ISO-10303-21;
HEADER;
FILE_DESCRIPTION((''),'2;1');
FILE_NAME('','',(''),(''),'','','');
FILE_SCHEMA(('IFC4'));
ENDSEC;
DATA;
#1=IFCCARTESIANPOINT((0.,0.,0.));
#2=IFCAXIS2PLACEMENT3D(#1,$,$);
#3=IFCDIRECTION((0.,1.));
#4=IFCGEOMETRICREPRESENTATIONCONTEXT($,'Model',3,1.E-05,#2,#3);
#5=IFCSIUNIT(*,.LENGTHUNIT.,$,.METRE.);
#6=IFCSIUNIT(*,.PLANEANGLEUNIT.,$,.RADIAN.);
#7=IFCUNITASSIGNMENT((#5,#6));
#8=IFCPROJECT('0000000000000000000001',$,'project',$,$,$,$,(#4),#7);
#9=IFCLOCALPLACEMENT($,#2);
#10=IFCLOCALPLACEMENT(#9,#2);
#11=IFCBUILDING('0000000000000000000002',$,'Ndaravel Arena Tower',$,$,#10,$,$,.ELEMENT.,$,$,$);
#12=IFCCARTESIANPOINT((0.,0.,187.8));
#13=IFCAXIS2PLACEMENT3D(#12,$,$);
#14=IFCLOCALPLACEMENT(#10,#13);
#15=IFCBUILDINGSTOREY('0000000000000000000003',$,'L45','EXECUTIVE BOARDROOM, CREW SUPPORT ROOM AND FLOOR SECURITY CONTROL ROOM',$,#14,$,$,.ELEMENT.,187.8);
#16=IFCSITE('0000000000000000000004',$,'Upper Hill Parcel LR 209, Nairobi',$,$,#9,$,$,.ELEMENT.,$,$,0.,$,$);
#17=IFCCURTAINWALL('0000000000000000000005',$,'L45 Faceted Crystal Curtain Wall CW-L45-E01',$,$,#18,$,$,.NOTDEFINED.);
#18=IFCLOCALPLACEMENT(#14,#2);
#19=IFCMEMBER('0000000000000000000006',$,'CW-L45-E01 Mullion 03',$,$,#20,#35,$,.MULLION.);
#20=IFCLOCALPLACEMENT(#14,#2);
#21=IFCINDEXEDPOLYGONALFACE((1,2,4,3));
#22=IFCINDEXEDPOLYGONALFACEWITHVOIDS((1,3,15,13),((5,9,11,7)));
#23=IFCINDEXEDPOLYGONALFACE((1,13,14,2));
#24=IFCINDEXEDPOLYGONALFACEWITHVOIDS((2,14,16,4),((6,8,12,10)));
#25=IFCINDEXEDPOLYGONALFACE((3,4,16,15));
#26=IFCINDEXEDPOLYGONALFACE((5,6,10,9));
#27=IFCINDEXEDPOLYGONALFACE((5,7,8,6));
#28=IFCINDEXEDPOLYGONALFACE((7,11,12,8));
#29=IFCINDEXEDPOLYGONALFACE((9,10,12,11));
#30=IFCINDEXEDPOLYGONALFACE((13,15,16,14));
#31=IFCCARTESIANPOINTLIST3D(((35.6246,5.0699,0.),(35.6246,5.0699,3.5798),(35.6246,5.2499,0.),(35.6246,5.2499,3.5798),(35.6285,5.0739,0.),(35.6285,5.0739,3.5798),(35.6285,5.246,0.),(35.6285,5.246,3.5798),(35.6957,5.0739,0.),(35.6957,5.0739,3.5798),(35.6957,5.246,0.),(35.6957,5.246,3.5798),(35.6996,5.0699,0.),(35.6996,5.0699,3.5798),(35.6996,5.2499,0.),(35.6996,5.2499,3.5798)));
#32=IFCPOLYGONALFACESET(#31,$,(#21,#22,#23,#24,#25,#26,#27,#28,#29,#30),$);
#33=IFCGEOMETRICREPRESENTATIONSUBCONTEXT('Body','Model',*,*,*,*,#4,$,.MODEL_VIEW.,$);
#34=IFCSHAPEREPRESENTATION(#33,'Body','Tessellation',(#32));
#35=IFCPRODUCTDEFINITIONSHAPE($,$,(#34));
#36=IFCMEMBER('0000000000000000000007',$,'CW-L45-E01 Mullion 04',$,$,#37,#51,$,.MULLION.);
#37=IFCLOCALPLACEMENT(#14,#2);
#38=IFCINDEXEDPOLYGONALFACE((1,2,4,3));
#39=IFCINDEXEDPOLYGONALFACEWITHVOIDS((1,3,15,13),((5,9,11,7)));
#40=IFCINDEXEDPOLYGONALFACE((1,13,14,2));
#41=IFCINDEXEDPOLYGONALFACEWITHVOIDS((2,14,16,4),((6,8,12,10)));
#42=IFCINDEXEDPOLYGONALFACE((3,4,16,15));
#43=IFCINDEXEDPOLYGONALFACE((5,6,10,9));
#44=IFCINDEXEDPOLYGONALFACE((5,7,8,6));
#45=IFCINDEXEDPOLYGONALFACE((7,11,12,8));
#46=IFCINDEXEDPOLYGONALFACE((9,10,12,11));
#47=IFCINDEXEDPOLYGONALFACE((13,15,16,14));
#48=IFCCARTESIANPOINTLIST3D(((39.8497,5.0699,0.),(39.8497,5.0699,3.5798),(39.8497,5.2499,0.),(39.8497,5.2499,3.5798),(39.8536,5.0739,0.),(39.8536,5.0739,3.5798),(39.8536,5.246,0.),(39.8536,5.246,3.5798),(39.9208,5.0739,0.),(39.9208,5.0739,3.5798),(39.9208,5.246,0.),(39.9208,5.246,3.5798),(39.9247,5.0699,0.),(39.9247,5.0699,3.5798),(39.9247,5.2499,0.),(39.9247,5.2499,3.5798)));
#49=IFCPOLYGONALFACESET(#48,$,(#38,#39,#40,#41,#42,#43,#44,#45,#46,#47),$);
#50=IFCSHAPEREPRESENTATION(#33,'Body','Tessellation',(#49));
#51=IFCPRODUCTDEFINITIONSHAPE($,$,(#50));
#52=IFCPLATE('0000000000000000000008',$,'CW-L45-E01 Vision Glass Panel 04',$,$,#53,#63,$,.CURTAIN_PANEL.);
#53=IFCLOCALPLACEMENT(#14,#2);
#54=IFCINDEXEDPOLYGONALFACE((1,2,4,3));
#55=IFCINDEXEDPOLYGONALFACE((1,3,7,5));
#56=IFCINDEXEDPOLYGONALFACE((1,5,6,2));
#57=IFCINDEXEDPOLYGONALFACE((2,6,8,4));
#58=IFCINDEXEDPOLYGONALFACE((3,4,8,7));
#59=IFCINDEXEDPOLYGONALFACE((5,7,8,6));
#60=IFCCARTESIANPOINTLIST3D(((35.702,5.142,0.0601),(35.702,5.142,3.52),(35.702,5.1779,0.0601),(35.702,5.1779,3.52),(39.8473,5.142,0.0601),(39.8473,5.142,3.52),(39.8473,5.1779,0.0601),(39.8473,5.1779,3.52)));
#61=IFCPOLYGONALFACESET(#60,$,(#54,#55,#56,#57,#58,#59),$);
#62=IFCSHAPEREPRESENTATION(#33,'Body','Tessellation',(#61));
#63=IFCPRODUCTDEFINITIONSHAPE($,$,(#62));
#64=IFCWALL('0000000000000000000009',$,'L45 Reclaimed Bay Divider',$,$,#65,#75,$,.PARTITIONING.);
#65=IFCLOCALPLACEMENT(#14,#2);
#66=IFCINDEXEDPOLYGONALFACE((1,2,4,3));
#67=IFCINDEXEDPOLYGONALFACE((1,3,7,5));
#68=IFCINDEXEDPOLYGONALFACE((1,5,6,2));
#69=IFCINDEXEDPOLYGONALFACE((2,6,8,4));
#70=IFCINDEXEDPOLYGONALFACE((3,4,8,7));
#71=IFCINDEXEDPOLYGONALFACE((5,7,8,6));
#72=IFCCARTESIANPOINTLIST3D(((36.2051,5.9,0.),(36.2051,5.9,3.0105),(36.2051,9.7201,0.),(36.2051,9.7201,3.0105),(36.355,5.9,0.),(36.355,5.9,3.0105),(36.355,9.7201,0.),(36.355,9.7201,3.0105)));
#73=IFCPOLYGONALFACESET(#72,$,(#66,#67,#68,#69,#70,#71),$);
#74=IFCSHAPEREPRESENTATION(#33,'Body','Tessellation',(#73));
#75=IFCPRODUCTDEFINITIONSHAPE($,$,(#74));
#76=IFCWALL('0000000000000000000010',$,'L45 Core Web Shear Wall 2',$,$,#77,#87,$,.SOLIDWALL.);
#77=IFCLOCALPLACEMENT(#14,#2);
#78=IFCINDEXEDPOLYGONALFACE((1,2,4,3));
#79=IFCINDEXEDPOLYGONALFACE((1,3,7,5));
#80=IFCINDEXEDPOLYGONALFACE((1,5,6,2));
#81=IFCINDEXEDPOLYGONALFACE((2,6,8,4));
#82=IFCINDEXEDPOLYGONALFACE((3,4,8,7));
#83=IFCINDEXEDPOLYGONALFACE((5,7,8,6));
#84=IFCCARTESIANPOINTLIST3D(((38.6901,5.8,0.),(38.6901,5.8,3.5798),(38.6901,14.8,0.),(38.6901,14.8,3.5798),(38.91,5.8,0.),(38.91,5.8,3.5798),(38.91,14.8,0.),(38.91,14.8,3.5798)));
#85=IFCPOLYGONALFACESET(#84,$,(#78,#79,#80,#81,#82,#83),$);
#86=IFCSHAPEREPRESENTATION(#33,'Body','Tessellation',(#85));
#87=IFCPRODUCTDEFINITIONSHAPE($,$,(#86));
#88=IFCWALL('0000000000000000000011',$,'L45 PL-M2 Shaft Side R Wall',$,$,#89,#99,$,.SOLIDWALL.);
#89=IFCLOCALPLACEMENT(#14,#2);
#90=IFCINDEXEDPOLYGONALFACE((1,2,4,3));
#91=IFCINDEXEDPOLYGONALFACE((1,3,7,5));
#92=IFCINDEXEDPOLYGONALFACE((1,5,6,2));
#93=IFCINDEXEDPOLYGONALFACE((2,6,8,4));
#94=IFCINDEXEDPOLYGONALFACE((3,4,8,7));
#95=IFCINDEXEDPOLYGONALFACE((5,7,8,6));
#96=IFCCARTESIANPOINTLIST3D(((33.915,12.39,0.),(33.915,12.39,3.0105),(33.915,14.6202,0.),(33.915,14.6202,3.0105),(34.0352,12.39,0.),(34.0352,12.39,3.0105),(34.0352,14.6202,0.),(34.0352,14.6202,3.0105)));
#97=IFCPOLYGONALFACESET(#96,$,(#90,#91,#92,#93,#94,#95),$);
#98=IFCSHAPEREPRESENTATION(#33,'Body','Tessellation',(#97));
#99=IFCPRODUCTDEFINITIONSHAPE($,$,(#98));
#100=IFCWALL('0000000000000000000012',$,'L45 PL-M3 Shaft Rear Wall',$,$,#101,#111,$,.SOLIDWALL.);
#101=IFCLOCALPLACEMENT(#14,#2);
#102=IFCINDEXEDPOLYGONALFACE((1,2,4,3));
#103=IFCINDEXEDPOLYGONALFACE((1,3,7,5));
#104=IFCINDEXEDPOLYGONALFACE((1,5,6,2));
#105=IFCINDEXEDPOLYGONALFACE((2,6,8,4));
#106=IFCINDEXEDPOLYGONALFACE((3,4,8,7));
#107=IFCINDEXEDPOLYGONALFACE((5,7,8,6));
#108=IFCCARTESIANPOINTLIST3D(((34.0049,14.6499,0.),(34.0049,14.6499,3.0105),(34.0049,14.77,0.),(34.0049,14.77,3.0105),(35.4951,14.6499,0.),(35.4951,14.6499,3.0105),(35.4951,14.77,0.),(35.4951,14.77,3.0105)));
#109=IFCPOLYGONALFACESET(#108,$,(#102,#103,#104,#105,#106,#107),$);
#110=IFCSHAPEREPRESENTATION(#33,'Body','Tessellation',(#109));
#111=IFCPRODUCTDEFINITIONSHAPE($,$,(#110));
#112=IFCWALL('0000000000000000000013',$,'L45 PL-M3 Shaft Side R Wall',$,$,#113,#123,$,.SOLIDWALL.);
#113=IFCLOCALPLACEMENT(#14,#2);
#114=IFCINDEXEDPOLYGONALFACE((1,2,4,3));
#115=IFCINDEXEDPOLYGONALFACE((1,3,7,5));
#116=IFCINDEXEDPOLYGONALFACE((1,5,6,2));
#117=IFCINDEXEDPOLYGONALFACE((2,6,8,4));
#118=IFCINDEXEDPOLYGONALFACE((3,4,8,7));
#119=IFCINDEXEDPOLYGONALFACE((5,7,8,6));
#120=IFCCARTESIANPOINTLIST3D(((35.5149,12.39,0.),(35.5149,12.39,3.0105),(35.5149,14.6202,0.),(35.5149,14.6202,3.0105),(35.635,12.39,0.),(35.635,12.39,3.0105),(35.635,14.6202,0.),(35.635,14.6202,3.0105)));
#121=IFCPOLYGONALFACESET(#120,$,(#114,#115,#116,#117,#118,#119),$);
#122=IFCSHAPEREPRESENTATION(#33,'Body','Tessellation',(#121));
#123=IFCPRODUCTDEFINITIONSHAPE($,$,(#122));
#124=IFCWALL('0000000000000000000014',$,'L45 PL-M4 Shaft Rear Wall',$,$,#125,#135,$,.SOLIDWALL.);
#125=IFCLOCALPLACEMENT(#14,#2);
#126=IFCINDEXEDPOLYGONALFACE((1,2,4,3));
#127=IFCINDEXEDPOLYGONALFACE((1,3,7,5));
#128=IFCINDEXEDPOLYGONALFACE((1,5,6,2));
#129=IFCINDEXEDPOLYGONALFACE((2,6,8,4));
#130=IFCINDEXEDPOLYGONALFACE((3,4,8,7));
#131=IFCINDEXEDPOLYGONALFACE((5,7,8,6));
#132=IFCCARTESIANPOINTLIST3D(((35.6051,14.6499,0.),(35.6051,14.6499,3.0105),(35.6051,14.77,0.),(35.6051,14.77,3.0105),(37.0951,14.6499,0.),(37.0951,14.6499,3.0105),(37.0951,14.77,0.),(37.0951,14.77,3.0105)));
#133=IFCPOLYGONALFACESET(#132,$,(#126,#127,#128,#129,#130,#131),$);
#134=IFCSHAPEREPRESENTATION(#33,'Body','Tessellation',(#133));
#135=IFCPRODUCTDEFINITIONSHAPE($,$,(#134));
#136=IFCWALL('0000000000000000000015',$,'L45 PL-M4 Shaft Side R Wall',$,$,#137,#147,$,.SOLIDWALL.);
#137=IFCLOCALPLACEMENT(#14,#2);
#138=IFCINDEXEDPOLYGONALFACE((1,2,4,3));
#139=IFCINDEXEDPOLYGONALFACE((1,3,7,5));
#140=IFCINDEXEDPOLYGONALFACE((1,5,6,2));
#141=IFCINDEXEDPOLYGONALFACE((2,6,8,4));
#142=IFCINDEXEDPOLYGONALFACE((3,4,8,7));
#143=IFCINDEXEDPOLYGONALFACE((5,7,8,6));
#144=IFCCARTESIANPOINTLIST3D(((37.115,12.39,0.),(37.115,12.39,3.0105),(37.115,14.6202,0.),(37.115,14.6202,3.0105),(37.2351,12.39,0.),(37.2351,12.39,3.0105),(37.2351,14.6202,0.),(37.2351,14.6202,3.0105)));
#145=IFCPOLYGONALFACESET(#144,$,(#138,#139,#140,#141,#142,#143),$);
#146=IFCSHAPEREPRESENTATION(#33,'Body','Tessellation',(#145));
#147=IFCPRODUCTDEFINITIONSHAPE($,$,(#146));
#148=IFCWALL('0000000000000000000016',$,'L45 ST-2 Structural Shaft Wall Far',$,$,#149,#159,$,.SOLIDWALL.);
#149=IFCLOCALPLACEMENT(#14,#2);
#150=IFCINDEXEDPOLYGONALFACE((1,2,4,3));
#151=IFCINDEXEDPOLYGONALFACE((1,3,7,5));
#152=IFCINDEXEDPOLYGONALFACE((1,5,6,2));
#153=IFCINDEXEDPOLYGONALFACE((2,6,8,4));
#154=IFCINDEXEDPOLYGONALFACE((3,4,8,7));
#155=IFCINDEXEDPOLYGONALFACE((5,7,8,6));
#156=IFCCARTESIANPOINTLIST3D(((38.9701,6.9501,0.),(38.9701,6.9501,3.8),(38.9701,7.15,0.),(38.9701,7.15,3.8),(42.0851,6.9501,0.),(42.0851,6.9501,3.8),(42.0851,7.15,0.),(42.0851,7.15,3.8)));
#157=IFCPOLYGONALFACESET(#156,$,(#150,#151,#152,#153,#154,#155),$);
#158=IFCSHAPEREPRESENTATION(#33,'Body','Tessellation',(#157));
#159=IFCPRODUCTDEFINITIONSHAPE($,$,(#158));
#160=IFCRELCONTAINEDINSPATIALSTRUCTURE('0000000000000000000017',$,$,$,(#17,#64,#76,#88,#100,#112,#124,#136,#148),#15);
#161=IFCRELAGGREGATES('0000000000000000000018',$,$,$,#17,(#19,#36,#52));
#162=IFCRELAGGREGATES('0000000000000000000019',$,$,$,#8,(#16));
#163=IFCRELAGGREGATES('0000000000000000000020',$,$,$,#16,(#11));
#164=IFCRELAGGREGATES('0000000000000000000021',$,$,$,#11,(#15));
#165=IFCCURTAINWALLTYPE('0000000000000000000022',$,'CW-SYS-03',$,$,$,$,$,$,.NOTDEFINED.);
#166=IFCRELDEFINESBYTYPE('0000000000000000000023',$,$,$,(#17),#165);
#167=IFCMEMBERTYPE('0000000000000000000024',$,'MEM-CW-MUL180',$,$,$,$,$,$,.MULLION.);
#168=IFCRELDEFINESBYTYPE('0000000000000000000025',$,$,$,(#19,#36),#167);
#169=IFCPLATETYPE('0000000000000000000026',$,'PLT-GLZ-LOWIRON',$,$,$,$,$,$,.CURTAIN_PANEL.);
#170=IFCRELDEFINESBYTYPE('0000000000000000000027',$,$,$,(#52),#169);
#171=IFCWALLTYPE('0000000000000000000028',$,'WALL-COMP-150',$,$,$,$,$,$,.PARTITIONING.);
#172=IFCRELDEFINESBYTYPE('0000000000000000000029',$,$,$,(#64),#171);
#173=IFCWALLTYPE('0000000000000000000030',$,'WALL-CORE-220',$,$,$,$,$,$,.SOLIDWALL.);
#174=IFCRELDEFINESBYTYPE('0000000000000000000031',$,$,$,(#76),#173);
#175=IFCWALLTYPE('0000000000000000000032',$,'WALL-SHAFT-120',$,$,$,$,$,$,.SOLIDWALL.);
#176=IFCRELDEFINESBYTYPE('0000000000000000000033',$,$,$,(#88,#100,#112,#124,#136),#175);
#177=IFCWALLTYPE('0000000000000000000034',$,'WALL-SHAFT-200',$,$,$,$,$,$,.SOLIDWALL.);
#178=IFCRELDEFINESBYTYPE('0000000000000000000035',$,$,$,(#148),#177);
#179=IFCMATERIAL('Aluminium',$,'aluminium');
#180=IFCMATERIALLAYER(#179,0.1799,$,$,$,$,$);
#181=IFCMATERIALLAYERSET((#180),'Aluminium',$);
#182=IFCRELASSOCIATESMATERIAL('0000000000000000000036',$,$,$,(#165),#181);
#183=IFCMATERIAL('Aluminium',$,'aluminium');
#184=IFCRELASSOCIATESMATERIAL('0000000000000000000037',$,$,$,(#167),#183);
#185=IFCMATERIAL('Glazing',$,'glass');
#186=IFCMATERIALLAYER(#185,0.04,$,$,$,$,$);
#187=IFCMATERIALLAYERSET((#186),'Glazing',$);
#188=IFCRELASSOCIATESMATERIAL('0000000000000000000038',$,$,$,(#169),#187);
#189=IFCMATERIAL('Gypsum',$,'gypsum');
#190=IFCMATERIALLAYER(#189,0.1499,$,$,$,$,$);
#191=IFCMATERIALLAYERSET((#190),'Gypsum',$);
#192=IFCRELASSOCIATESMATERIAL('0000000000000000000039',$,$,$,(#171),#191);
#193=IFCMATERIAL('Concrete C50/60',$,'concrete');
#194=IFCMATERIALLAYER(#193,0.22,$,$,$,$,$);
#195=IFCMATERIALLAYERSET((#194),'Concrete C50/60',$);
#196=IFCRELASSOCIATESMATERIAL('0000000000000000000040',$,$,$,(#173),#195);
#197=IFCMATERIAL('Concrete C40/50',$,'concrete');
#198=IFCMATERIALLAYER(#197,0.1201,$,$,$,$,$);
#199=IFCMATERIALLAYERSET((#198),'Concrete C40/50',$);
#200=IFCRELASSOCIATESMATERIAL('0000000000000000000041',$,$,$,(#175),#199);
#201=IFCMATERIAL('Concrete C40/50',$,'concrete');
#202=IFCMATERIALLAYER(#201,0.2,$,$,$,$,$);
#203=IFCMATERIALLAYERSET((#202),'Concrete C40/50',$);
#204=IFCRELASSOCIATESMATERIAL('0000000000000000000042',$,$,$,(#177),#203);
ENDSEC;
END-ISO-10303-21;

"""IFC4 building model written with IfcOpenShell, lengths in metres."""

from ifc_helpers import new_model, si_unit, direction, frame, frame_2d, origin, origin_2d, place, context, subcontext, project, spatial, rectangle, hollow_rectangle, extrude, material, layer, layer_set, material_profile, profile_set, type_object, element, aggregate, save


model = new_model("IFC4")

# Units and contexts
model_context = context("Model", 3, precision=1e-05, world=origin(), true_north=direction((0.0, 1.0)))
body_context = subcontext(model_context, "Body", "Model", "MODEL_VIEW")
ifc_project = project(units=[si_unit("LENGTHUNIT", "METRE"), si_unit("PLANEANGLEUNIT", "RADIAN")], contexts=[model_context])

# Site, building, storey
site_placement = place(None, origin())
site = spatial("IfcSite", under=ifc_project, at=site_placement, Name="Upper Hill Parcel LR 209, Nairobi", CompositionType="ELEMENT", RefElevation=0.0)
building_placement = place(site_placement, origin())
building = spatial("IfcBuilding", under=site, at=building_placement, Name="Ndaravel Arena Tower", CompositionType="ELEMENT")
storey_placement = place(building_placement, frame((0.0, 0.0, 187.8)))
storey = spatial("IfcBuildingStorey", under=building, at=storey_placement, Name="L45", Description="EXECUTIVE BOARDROOM, CREW SUPPORT ROOM AND FLOOR SECURITY CONTROL ROOM", CompositionType="ELEMENT", Elevation=187.8)

# Curtain wall, members, plate
ifc_material_1 = material(Name="Aluminium", Category="aluminium")
ifc_layer_1 = layer(ifc_material_1, 0.1799)
ifc_layer_set_1 = layer_set([ifc_layer_1], Name="Aluminium")
curtain_wall_type = type_object("IfcCurtainWallType", Name="CW-SYS-03", PredefinedType="NOTDEFINED", material=ifc_layer_set_1)
curtain_wall_placement = place(storey_placement, origin())
curtain_wall = element("IfcCurtainWall", 1, at=curtain_wall_placement, inside=storey, type_object=curtain_wall_type, Name="L45 Faceted Crystal Curtain Wall CW-L45-E01", PredefinedType="NOTDEFINED")
ifc_material_2 = material(Name="Aluminium", Category="aluminium")
ifc_material_profile = material_profile(ifc_material_2, hollow_rectangle(XDim=0.075, YDim=0.1799, WallThickness=0.0039, at=origin_2d()), Name="CW MULLION 75x180x4")
ifc_profile_set = profile_set([ifc_material_profile], Name="Aluminium")
member_type = type_object("IfcMemberType", Name="MEM-CW-MUL180", PredefinedType="MULLION", material=ifc_profile_set)
member_1_placement = place(storey_placement, frame((35.6621, 5.1599, 0.0), z_axis=(0.0, 0.0, 1.0), x_axis=(1.0, 0.0, 0.0)))
member_1 = element("IfcMember", 2, at=member_1_placement, type_object=member_type, Name="CW-L45-E01 Mullion 03", PredefinedType="MULLION", context=body_context, shape_type="SweptSolid", body=[
    extrude(hollow_rectangle(XDim=0.075, YDim=0.1799, WallThickness=0.0039, at=origin_2d()), origin(), (0.0, 0.0, 1.0), 3.5798),
])
member_2_placement = place(storey_placement, frame((39.8872, 5.1599, 0.0), z_axis=(0.0, 0.0, 1.0), x_axis=(1.0, 0.0, 0.0)))
member_2 = element("IfcMember", 3, at=member_2_placement, type_object=member_type, Name="CW-L45-E01 Mullion 04", PredefinedType="MULLION", context=body_context, shape_type="SweptSolid", body=[
    extrude(hollow_rectangle(XDim=0.075, YDim=0.1799, WallThickness=0.0039, at=origin_2d()), origin(), (0.0, 0.0, 1.0), 3.5798),
])
ifc_material_3 = material(Name="Glazing", Category="glass")
ifc_layer_2 = layer(ifc_material_3, 0.04)
ifc_layer_set_2 = layer_set([ifc_layer_2], Name="Glazing")
plate_type = type_object("IfcPlateType", Name="PLT-GLZ-LOWIRON", PredefinedType="CURTAIN_PANEL", material=ifc_layer_set_2)
plate_placement = place(storey_placement, frame((37.7747, 5.1599, 0.0601), z_axis=(0.0, 0.0, 1.0), x_axis=(1.0, 0.0, 0.0)))
plate = element("IfcPlate", 4, at=plate_placement, type_object=plate_type, Name="CW-L45-E01 Vision Glass Panel 04", PredefinedType="CURTAIN_PANEL", context=body_context, shape_type="SweptSolid", body=[
    extrude(rectangle(XDim=4.1453, YDim=0.0359, at=origin_2d()), origin(), (0.0, 0.0, 1.0), 3.46),
])
aggregate(curtain_wall, [member_1, member_2, plate])

# Walls
ifc_material_4 = material(Name="Gypsum", Category="gypsum")
ifc_layer_3 = layer(ifc_material_4, 0.1499)
ifc_layer_set_3 = layer_set([ifc_layer_3], Name="Gypsum")
wall_type_1 = type_object("IfcWallType", Name="WALL-COMP-150", PredefinedType="PARTITIONING", material=ifc_layer_set_3)
wall_1_placement = place(storey_placement, frame((36.28, 5.8999, 0.0), z_axis=(0.0, 0.0, 1.0), x_axis=(0.0, 1.0, 0.0)))
element("IfcWall", 5, at=wall_1_placement, inside=storey, type_object=wall_type_1, Name="L45 Reclaimed Bay Divider", PredefinedType="PARTITIONING", context=body_context, shape_type="SweptSolid", body=[
    extrude(rectangle(XDim=3.8201, YDim=0.1499, at=frame_2d((1.9102, 0.0))), origin(), (0.0, 0.0, 1.0), 3.0105),
])
ifc_material_5 = material(Name="Concrete C50/60", Category="concrete")
ifc_layer_4 = layer(ifc_material_5, 0.22)
ifc_layer_set_4 = layer_set([ifc_layer_4], Name="Concrete C50/60")
wall_type_2 = type_object("IfcWallType", Name="WALL-CORE-220", PredefinedType="SOLIDWALL", material=ifc_layer_set_4)
wall_2_placement = place(storey_placement, frame((38.8, 5.8, 0.0), z_axis=(0.0, 0.0, 1.0), x_axis=(0.0, 1.0, 0.0)))
element("IfcWall", 6, at=wall_2_placement, inside=storey, type_object=wall_type_2, Name="L45 Core Web Shear Wall 2", PredefinedType="SOLIDWALL", context=body_context, shape_type="SweptSolid", body=[
    extrude(rectangle(XDim=9.0, YDim=0.22, at=frame_2d((4.5, 0.0))), origin(), (0.0, 0.0, 1.0), 3.5798),
])
ifc_material_6 = material(Name="Concrete C40/50", Category="concrete")
ifc_layer_5 = layer(ifc_material_6, 0.1201)
ifc_layer_set_5 = layer_set([ifc_layer_5], Name="Concrete C40/50")
wall_type_3 = type_object("IfcWallType", Name="WALL-SHAFT-120", PredefinedType="SOLIDWALL", material=ifc_layer_set_5)
wall_3_placement = place(storey_placement, frame((33.9751, 12.3899, 0.0), z_axis=(0.0, 0.0, 1.0), x_axis=(0.0, 1.0, 0.0)))
element("IfcWall", 7, at=wall_3_placement, inside=storey, type_object=wall_type_3, Name="L45 PL-M2 Shaft Side R Wall", PredefinedType="SOLIDWALL", context=body_context, shape_type="SweptSolid", body=[
    extrude(rectangle(XDim=2.2302, YDim=0.1201, at=frame_2d((1.1152, 0.0))), origin(), (0.0, 0.0, 1.0), 3.0105),
])
wall_4_placement = place(storey_placement, frame((34.0049, 14.71, 0.0), z_axis=(0.0, 0.0, 1.0), x_axis=(1.0, 0.0, 0.0)))
element("IfcWall", 8, at=wall_4_placement, inside=storey, type_object=wall_type_3, Name="L45 PL-M3 Shaft Rear Wall", PredefinedType="SOLIDWALL", context=body_context, shape_type="SweptSolid", body=[
    extrude(rectangle(XDim=1.4902, YDim=0.1201, at=frame_2d((0.7451, 0.0))), origin(), (0.0, 0.0, 1.0), 3.0105),
])
wall_5_placement = place(storey_placement, frame((35.575, 12.3899, 0.0), z_axis=(0.0, 0.0, 1.0), x_axis=(0.0, 1.0, 0.0)))
element("IfcWall", 9, at=wall_5_placement, inside=storey, type_object=wall_type_3, Name="L45 PL-M3 Shaft Side R Wall", PredefinedType="SOLIDWALL", context=body_context, shape_type="SweptSolid", body=[
    extrude(rectangle(XDim=2.2302, YDim=0.1201, at=frame_2d((1.1152, 0.0))), origin(), (0.0, 0.0, 1.0), 3.0105),
])
wall_6_placement = place(storey_placement, frame((35.605, 14.71, 0.0), z_axis=(0.0, 0.0, 1.0), x_axis=(1.0, 0.0, 0.0)))
element("IfcWall", 10, at=wall_6_placement, inside=storey, type_object=wall_type_3, Name="L45 PL-M4 Shaft Rear Wall", PredefinedType="SOLIDWALL", context=body_context, shape_type="SweptSolid", body=[
    extrude(rectangle(XDim=1.49, YDim=0.1201, at=frame_2d((0.7451, 0.0))), origin(), (0.0, 0.0, 1.0), 3.0105),
])
wall_7_placement = place(storey_placement, frame((37.175, 12.3899, 0.0), z_axis=(0.0, 0.0, 1.0), x_axis=(0.0, 1.0, 0.0)))
element("IfcWall", 11, at=wall_7_placement, inside=storey, type_object=wall_type_3, Name="L45 PL-M4 Shaft Side R Wall", PredefinedType="SOLIDWALL", context=body_context, shape_type="SweptSolid", body=[
    extrude(rectangle(XDim=2.2302, YDim=0.1201, at=frame_2d((1.1152, 0.0))), origin(), (0.0, 0.0, 1.0), 3.0105),
])
ifc_material_7 = material(Name="Concrete C40/50", Category="concrete")
ifc_layer_6 = layer(ifc_material_7, 0.2)
ifc_layer_set_6 = layer_set([ifc_layer_6], Name="Concrete C40/50")
wall_type_4 = type_object("IfcWallType", Name="WALL-SHAFT-200", PredefinedType="SOLIDWALL", material=ifc_layer_set_6)
wall_8_placement = place(storey_placement, frame((38.97, 7.05, 0.0), z_axis=(0.0, 0.0, 1.0), x_axis=(1.0, 0.0, 0.0)))
element("IfcWall", 12, at=wall_8_placement, inside=storey, type_object=wall_type_4, Name="L45 ST-2 Structural Shaft Wall Far", PredefinedType="SOLIDWALL", context=body_context, shape_type="SweptSolid", body=[
    extrude(rectangle(XDim=3.115, YDim=0.2, at=frame_2d((1.5576, 0.0))), origin(), (0.0, 0.0, 1.0), 3.8),
])

save(model, "model.ifc")
